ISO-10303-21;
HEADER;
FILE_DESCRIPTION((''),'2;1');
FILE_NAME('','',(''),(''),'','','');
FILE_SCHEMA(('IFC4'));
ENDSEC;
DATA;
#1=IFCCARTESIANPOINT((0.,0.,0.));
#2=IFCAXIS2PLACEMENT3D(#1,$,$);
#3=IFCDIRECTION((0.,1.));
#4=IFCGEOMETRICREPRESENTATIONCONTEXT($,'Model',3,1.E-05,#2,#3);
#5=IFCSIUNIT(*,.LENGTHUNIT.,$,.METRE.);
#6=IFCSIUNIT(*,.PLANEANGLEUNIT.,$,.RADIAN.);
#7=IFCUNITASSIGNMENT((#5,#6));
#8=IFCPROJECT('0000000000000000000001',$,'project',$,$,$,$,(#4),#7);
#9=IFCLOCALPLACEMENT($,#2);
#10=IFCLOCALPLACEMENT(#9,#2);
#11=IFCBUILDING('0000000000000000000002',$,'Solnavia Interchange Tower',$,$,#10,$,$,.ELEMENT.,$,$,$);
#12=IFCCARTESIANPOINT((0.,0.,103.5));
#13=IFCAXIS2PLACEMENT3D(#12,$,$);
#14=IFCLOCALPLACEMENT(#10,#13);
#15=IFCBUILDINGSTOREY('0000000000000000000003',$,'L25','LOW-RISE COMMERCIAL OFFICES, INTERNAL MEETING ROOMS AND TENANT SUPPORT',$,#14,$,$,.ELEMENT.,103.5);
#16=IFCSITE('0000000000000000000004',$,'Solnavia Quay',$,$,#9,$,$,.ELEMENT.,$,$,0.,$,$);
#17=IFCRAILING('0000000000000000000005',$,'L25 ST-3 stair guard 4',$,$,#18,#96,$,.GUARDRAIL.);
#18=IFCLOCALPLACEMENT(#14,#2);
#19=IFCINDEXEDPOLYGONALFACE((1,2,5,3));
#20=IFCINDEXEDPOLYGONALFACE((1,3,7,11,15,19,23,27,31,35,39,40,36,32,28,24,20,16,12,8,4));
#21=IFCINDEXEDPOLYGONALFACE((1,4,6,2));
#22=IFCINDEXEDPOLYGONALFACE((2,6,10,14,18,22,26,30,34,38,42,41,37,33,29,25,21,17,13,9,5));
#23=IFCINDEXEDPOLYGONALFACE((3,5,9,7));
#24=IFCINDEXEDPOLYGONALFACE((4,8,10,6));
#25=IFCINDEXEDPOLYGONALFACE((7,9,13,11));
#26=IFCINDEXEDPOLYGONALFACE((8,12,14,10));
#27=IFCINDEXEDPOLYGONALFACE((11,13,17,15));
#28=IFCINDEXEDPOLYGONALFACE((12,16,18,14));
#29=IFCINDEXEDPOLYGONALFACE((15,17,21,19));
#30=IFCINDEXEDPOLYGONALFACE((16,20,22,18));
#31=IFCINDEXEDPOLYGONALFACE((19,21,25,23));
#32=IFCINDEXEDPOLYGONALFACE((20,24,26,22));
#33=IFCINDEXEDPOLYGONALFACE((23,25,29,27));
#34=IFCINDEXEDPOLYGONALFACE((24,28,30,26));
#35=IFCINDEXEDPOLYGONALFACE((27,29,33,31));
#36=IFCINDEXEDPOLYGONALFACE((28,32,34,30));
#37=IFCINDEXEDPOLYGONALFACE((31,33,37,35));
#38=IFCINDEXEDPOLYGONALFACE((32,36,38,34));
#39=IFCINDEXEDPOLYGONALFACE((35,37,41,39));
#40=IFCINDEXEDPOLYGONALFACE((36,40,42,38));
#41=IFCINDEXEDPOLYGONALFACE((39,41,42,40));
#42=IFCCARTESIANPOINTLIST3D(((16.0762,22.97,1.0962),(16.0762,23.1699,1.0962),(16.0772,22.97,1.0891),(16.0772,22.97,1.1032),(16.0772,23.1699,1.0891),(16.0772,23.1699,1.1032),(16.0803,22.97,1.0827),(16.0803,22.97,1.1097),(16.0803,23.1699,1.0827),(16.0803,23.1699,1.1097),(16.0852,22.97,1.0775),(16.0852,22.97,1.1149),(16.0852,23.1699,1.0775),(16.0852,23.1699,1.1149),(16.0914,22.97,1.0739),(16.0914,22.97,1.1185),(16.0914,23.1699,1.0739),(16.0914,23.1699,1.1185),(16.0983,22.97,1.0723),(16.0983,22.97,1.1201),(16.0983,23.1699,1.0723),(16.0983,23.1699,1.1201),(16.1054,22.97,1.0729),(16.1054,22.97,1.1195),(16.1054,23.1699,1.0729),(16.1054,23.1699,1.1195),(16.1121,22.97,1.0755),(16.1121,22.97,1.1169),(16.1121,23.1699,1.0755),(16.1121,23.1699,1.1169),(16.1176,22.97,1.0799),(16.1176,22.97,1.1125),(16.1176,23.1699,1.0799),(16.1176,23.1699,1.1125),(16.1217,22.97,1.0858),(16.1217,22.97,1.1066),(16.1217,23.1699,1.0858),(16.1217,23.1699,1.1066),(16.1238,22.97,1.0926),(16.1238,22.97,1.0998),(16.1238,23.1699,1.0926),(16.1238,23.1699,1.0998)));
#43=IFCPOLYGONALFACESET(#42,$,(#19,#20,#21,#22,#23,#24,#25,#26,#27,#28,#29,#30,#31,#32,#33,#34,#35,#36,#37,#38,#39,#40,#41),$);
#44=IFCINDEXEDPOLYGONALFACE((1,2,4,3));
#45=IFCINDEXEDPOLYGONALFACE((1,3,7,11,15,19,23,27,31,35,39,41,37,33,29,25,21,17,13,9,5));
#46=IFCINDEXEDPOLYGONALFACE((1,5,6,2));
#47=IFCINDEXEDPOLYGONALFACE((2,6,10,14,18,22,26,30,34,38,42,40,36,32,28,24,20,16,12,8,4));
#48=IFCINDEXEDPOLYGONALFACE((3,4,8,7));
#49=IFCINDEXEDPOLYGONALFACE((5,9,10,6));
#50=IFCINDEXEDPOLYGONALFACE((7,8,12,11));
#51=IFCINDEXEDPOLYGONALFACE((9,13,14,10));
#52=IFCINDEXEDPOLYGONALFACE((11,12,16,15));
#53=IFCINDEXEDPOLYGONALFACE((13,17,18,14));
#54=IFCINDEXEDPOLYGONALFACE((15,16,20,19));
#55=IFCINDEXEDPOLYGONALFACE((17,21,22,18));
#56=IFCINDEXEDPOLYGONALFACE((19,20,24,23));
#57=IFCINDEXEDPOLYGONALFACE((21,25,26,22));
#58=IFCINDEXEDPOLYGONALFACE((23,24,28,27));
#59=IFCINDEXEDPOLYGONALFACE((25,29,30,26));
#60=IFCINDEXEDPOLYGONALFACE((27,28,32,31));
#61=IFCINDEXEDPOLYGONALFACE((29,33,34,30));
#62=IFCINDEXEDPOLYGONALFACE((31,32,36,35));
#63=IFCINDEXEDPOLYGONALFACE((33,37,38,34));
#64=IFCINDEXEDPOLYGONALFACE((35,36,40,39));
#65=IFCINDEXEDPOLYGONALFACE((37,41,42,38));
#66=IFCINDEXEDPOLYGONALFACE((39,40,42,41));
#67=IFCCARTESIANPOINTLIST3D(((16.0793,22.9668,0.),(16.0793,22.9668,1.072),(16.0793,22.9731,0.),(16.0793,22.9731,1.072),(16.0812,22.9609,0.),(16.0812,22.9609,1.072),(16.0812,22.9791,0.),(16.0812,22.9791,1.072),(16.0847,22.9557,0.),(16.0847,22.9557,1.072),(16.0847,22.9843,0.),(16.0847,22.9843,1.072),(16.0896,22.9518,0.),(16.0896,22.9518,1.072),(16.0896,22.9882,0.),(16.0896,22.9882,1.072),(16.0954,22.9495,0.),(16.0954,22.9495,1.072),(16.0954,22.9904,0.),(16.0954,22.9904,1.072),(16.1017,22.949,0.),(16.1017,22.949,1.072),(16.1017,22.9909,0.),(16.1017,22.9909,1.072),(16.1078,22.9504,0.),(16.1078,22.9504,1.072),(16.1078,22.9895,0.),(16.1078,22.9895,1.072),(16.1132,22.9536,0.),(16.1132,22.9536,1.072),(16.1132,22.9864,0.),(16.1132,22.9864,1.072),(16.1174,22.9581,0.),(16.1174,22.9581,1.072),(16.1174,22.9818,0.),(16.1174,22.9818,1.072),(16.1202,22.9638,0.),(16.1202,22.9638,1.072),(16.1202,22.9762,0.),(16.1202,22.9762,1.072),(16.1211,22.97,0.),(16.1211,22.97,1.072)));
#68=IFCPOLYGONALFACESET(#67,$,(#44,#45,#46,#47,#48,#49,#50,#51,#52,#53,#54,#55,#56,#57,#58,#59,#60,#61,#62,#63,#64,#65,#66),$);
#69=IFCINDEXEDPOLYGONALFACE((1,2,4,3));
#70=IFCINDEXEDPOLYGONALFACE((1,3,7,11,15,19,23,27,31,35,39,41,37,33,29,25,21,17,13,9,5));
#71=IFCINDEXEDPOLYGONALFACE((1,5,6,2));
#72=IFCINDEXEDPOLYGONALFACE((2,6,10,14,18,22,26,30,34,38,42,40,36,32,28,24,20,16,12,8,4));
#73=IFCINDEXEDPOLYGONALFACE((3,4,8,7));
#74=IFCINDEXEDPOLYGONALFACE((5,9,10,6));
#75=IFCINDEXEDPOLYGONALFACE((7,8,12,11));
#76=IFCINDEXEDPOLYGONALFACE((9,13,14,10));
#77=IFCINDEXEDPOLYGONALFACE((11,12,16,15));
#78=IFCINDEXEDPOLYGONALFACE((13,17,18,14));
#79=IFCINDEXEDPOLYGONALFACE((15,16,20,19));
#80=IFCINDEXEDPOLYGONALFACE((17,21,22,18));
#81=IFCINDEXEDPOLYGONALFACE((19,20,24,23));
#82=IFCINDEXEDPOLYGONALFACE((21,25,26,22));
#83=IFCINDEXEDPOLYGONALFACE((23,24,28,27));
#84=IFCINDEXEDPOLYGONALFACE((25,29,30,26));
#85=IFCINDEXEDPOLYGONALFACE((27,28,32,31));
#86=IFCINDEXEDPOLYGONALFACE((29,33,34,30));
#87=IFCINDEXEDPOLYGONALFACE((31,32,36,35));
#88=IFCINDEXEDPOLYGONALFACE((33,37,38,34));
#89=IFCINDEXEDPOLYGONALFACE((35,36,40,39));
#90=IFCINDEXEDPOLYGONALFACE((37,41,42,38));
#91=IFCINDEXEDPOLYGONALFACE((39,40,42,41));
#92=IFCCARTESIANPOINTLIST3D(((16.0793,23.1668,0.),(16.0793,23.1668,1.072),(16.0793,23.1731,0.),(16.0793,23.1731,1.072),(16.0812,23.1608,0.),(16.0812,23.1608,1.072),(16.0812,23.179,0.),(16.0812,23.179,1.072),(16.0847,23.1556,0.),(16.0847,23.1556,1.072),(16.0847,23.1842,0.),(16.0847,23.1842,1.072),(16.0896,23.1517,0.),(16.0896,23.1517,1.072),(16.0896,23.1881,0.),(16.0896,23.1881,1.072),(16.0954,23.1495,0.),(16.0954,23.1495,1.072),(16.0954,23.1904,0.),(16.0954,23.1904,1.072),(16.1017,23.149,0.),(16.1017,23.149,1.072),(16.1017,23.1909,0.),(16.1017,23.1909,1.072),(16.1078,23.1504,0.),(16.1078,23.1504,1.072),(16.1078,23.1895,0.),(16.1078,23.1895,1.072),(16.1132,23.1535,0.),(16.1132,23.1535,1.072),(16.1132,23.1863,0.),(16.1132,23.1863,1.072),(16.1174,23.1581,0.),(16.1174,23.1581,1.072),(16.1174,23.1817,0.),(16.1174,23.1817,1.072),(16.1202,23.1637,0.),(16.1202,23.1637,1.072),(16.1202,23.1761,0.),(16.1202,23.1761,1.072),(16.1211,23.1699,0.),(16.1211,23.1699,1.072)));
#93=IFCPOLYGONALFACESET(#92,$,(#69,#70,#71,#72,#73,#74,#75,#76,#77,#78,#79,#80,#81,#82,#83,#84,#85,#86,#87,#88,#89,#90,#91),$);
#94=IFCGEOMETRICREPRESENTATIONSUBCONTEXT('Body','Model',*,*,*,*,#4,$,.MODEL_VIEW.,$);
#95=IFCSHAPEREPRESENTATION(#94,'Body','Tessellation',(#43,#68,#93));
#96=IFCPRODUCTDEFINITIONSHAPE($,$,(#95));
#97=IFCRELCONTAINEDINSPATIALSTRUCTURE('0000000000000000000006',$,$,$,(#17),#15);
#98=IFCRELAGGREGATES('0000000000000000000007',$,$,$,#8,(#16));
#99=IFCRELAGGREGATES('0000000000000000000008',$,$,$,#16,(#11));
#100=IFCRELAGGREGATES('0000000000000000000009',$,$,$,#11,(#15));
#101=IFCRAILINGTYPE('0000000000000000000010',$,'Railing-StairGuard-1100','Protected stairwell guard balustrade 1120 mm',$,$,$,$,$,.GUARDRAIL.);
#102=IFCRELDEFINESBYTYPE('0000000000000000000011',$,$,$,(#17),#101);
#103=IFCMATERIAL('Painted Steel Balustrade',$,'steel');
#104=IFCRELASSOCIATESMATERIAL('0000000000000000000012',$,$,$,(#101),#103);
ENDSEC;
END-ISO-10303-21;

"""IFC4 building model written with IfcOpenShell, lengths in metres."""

from ifc_helpers import new_model, si_unit, direction, frame, origin, origin_2d, place, context, subcontext, project, spatial, circle, extrude, material, type_object, element, save


model = new_model("IFC4")

# Units and contexts
model_context = context("Model", 3, precision=1e-05, world=origin(), true_north=direction((0.0, 1.0)))
body_context = subcontext(model_context, "Body", "Model", "MODEL_VIEW")
ifc_project = project(units=[si_unit("LENGTHUNIT", "METRE"), si_unit("PLANEANGLEUNIT", "RADIAN")], contexts=[model_context])

# Site, building, storey
site_placement = place(None, origin())
site = spatial("IfcSite", under=ifc_project, at=site_placement, Name="Solnavia Quay", CompositionType="ELEMENT", RefElevation=0.0)
building_placement = place(site_placement, origin())
building = spatial("IfcBuilding", under=site, at=building_placement, Name="Solnavia Interchange Tower", CompositionType="ELEMENT")
storey_placement = place(building_placement, frame((0.0, 0.0, 103.5)))
storey = spatial("IfcBuildingStorey", under=building, at=storey_placement, Name="L25", Description="LOW-RISE COMMERCIAL OFFICES, INTERNAL MEETING ROOMS AND TENANT SUPPORT", CompositionType="ELEMENT", Elevation=103.5)

# Railing
ifc_material_1 = material(Name="Painted Steel Balustrade", Category="steel")
railing_type_1 = type_object("IfcRailingType", Name="Railing-StairGuard-1100", Description="Protected stairwell guard balustrade 1120 mm", PredefinedType="GUARDRAIL", material=ifc_material_1)
railing_1_placement = place(storey_placement, frame((16.1001, 22.97, 0.0)))
element("IfcRailing", 1, at=railing_1_placement, inside=storey, type_object=railing_type_1, Name="L25 ST-3 stair guard 4", PredefinedType="GUARDRAIL", context=body_context, shape_type="SweptSolid", body=[
    extrude(circle(Radius=0.0239, at=origin_2d()), frame((0.0, 0.0, 1.0962), z_axis=(0.0, 1.0, 0.0), x_axis=(-1.0, 0.0, 0.0)), (0.0, 0.0, 1.0), 0.2),
    extrude(circle(Radius=0.021, at=origin_2d()), origin(), (0.0, 0.0, 1.0), 1.072),
    extrude(circle(Radius=0.021, at=origin_2d()), frame((0.0, 0.2, 0.0)), (0.0, 0.0, 1.0), 1.072),
])

save(model, "model.ifc")
